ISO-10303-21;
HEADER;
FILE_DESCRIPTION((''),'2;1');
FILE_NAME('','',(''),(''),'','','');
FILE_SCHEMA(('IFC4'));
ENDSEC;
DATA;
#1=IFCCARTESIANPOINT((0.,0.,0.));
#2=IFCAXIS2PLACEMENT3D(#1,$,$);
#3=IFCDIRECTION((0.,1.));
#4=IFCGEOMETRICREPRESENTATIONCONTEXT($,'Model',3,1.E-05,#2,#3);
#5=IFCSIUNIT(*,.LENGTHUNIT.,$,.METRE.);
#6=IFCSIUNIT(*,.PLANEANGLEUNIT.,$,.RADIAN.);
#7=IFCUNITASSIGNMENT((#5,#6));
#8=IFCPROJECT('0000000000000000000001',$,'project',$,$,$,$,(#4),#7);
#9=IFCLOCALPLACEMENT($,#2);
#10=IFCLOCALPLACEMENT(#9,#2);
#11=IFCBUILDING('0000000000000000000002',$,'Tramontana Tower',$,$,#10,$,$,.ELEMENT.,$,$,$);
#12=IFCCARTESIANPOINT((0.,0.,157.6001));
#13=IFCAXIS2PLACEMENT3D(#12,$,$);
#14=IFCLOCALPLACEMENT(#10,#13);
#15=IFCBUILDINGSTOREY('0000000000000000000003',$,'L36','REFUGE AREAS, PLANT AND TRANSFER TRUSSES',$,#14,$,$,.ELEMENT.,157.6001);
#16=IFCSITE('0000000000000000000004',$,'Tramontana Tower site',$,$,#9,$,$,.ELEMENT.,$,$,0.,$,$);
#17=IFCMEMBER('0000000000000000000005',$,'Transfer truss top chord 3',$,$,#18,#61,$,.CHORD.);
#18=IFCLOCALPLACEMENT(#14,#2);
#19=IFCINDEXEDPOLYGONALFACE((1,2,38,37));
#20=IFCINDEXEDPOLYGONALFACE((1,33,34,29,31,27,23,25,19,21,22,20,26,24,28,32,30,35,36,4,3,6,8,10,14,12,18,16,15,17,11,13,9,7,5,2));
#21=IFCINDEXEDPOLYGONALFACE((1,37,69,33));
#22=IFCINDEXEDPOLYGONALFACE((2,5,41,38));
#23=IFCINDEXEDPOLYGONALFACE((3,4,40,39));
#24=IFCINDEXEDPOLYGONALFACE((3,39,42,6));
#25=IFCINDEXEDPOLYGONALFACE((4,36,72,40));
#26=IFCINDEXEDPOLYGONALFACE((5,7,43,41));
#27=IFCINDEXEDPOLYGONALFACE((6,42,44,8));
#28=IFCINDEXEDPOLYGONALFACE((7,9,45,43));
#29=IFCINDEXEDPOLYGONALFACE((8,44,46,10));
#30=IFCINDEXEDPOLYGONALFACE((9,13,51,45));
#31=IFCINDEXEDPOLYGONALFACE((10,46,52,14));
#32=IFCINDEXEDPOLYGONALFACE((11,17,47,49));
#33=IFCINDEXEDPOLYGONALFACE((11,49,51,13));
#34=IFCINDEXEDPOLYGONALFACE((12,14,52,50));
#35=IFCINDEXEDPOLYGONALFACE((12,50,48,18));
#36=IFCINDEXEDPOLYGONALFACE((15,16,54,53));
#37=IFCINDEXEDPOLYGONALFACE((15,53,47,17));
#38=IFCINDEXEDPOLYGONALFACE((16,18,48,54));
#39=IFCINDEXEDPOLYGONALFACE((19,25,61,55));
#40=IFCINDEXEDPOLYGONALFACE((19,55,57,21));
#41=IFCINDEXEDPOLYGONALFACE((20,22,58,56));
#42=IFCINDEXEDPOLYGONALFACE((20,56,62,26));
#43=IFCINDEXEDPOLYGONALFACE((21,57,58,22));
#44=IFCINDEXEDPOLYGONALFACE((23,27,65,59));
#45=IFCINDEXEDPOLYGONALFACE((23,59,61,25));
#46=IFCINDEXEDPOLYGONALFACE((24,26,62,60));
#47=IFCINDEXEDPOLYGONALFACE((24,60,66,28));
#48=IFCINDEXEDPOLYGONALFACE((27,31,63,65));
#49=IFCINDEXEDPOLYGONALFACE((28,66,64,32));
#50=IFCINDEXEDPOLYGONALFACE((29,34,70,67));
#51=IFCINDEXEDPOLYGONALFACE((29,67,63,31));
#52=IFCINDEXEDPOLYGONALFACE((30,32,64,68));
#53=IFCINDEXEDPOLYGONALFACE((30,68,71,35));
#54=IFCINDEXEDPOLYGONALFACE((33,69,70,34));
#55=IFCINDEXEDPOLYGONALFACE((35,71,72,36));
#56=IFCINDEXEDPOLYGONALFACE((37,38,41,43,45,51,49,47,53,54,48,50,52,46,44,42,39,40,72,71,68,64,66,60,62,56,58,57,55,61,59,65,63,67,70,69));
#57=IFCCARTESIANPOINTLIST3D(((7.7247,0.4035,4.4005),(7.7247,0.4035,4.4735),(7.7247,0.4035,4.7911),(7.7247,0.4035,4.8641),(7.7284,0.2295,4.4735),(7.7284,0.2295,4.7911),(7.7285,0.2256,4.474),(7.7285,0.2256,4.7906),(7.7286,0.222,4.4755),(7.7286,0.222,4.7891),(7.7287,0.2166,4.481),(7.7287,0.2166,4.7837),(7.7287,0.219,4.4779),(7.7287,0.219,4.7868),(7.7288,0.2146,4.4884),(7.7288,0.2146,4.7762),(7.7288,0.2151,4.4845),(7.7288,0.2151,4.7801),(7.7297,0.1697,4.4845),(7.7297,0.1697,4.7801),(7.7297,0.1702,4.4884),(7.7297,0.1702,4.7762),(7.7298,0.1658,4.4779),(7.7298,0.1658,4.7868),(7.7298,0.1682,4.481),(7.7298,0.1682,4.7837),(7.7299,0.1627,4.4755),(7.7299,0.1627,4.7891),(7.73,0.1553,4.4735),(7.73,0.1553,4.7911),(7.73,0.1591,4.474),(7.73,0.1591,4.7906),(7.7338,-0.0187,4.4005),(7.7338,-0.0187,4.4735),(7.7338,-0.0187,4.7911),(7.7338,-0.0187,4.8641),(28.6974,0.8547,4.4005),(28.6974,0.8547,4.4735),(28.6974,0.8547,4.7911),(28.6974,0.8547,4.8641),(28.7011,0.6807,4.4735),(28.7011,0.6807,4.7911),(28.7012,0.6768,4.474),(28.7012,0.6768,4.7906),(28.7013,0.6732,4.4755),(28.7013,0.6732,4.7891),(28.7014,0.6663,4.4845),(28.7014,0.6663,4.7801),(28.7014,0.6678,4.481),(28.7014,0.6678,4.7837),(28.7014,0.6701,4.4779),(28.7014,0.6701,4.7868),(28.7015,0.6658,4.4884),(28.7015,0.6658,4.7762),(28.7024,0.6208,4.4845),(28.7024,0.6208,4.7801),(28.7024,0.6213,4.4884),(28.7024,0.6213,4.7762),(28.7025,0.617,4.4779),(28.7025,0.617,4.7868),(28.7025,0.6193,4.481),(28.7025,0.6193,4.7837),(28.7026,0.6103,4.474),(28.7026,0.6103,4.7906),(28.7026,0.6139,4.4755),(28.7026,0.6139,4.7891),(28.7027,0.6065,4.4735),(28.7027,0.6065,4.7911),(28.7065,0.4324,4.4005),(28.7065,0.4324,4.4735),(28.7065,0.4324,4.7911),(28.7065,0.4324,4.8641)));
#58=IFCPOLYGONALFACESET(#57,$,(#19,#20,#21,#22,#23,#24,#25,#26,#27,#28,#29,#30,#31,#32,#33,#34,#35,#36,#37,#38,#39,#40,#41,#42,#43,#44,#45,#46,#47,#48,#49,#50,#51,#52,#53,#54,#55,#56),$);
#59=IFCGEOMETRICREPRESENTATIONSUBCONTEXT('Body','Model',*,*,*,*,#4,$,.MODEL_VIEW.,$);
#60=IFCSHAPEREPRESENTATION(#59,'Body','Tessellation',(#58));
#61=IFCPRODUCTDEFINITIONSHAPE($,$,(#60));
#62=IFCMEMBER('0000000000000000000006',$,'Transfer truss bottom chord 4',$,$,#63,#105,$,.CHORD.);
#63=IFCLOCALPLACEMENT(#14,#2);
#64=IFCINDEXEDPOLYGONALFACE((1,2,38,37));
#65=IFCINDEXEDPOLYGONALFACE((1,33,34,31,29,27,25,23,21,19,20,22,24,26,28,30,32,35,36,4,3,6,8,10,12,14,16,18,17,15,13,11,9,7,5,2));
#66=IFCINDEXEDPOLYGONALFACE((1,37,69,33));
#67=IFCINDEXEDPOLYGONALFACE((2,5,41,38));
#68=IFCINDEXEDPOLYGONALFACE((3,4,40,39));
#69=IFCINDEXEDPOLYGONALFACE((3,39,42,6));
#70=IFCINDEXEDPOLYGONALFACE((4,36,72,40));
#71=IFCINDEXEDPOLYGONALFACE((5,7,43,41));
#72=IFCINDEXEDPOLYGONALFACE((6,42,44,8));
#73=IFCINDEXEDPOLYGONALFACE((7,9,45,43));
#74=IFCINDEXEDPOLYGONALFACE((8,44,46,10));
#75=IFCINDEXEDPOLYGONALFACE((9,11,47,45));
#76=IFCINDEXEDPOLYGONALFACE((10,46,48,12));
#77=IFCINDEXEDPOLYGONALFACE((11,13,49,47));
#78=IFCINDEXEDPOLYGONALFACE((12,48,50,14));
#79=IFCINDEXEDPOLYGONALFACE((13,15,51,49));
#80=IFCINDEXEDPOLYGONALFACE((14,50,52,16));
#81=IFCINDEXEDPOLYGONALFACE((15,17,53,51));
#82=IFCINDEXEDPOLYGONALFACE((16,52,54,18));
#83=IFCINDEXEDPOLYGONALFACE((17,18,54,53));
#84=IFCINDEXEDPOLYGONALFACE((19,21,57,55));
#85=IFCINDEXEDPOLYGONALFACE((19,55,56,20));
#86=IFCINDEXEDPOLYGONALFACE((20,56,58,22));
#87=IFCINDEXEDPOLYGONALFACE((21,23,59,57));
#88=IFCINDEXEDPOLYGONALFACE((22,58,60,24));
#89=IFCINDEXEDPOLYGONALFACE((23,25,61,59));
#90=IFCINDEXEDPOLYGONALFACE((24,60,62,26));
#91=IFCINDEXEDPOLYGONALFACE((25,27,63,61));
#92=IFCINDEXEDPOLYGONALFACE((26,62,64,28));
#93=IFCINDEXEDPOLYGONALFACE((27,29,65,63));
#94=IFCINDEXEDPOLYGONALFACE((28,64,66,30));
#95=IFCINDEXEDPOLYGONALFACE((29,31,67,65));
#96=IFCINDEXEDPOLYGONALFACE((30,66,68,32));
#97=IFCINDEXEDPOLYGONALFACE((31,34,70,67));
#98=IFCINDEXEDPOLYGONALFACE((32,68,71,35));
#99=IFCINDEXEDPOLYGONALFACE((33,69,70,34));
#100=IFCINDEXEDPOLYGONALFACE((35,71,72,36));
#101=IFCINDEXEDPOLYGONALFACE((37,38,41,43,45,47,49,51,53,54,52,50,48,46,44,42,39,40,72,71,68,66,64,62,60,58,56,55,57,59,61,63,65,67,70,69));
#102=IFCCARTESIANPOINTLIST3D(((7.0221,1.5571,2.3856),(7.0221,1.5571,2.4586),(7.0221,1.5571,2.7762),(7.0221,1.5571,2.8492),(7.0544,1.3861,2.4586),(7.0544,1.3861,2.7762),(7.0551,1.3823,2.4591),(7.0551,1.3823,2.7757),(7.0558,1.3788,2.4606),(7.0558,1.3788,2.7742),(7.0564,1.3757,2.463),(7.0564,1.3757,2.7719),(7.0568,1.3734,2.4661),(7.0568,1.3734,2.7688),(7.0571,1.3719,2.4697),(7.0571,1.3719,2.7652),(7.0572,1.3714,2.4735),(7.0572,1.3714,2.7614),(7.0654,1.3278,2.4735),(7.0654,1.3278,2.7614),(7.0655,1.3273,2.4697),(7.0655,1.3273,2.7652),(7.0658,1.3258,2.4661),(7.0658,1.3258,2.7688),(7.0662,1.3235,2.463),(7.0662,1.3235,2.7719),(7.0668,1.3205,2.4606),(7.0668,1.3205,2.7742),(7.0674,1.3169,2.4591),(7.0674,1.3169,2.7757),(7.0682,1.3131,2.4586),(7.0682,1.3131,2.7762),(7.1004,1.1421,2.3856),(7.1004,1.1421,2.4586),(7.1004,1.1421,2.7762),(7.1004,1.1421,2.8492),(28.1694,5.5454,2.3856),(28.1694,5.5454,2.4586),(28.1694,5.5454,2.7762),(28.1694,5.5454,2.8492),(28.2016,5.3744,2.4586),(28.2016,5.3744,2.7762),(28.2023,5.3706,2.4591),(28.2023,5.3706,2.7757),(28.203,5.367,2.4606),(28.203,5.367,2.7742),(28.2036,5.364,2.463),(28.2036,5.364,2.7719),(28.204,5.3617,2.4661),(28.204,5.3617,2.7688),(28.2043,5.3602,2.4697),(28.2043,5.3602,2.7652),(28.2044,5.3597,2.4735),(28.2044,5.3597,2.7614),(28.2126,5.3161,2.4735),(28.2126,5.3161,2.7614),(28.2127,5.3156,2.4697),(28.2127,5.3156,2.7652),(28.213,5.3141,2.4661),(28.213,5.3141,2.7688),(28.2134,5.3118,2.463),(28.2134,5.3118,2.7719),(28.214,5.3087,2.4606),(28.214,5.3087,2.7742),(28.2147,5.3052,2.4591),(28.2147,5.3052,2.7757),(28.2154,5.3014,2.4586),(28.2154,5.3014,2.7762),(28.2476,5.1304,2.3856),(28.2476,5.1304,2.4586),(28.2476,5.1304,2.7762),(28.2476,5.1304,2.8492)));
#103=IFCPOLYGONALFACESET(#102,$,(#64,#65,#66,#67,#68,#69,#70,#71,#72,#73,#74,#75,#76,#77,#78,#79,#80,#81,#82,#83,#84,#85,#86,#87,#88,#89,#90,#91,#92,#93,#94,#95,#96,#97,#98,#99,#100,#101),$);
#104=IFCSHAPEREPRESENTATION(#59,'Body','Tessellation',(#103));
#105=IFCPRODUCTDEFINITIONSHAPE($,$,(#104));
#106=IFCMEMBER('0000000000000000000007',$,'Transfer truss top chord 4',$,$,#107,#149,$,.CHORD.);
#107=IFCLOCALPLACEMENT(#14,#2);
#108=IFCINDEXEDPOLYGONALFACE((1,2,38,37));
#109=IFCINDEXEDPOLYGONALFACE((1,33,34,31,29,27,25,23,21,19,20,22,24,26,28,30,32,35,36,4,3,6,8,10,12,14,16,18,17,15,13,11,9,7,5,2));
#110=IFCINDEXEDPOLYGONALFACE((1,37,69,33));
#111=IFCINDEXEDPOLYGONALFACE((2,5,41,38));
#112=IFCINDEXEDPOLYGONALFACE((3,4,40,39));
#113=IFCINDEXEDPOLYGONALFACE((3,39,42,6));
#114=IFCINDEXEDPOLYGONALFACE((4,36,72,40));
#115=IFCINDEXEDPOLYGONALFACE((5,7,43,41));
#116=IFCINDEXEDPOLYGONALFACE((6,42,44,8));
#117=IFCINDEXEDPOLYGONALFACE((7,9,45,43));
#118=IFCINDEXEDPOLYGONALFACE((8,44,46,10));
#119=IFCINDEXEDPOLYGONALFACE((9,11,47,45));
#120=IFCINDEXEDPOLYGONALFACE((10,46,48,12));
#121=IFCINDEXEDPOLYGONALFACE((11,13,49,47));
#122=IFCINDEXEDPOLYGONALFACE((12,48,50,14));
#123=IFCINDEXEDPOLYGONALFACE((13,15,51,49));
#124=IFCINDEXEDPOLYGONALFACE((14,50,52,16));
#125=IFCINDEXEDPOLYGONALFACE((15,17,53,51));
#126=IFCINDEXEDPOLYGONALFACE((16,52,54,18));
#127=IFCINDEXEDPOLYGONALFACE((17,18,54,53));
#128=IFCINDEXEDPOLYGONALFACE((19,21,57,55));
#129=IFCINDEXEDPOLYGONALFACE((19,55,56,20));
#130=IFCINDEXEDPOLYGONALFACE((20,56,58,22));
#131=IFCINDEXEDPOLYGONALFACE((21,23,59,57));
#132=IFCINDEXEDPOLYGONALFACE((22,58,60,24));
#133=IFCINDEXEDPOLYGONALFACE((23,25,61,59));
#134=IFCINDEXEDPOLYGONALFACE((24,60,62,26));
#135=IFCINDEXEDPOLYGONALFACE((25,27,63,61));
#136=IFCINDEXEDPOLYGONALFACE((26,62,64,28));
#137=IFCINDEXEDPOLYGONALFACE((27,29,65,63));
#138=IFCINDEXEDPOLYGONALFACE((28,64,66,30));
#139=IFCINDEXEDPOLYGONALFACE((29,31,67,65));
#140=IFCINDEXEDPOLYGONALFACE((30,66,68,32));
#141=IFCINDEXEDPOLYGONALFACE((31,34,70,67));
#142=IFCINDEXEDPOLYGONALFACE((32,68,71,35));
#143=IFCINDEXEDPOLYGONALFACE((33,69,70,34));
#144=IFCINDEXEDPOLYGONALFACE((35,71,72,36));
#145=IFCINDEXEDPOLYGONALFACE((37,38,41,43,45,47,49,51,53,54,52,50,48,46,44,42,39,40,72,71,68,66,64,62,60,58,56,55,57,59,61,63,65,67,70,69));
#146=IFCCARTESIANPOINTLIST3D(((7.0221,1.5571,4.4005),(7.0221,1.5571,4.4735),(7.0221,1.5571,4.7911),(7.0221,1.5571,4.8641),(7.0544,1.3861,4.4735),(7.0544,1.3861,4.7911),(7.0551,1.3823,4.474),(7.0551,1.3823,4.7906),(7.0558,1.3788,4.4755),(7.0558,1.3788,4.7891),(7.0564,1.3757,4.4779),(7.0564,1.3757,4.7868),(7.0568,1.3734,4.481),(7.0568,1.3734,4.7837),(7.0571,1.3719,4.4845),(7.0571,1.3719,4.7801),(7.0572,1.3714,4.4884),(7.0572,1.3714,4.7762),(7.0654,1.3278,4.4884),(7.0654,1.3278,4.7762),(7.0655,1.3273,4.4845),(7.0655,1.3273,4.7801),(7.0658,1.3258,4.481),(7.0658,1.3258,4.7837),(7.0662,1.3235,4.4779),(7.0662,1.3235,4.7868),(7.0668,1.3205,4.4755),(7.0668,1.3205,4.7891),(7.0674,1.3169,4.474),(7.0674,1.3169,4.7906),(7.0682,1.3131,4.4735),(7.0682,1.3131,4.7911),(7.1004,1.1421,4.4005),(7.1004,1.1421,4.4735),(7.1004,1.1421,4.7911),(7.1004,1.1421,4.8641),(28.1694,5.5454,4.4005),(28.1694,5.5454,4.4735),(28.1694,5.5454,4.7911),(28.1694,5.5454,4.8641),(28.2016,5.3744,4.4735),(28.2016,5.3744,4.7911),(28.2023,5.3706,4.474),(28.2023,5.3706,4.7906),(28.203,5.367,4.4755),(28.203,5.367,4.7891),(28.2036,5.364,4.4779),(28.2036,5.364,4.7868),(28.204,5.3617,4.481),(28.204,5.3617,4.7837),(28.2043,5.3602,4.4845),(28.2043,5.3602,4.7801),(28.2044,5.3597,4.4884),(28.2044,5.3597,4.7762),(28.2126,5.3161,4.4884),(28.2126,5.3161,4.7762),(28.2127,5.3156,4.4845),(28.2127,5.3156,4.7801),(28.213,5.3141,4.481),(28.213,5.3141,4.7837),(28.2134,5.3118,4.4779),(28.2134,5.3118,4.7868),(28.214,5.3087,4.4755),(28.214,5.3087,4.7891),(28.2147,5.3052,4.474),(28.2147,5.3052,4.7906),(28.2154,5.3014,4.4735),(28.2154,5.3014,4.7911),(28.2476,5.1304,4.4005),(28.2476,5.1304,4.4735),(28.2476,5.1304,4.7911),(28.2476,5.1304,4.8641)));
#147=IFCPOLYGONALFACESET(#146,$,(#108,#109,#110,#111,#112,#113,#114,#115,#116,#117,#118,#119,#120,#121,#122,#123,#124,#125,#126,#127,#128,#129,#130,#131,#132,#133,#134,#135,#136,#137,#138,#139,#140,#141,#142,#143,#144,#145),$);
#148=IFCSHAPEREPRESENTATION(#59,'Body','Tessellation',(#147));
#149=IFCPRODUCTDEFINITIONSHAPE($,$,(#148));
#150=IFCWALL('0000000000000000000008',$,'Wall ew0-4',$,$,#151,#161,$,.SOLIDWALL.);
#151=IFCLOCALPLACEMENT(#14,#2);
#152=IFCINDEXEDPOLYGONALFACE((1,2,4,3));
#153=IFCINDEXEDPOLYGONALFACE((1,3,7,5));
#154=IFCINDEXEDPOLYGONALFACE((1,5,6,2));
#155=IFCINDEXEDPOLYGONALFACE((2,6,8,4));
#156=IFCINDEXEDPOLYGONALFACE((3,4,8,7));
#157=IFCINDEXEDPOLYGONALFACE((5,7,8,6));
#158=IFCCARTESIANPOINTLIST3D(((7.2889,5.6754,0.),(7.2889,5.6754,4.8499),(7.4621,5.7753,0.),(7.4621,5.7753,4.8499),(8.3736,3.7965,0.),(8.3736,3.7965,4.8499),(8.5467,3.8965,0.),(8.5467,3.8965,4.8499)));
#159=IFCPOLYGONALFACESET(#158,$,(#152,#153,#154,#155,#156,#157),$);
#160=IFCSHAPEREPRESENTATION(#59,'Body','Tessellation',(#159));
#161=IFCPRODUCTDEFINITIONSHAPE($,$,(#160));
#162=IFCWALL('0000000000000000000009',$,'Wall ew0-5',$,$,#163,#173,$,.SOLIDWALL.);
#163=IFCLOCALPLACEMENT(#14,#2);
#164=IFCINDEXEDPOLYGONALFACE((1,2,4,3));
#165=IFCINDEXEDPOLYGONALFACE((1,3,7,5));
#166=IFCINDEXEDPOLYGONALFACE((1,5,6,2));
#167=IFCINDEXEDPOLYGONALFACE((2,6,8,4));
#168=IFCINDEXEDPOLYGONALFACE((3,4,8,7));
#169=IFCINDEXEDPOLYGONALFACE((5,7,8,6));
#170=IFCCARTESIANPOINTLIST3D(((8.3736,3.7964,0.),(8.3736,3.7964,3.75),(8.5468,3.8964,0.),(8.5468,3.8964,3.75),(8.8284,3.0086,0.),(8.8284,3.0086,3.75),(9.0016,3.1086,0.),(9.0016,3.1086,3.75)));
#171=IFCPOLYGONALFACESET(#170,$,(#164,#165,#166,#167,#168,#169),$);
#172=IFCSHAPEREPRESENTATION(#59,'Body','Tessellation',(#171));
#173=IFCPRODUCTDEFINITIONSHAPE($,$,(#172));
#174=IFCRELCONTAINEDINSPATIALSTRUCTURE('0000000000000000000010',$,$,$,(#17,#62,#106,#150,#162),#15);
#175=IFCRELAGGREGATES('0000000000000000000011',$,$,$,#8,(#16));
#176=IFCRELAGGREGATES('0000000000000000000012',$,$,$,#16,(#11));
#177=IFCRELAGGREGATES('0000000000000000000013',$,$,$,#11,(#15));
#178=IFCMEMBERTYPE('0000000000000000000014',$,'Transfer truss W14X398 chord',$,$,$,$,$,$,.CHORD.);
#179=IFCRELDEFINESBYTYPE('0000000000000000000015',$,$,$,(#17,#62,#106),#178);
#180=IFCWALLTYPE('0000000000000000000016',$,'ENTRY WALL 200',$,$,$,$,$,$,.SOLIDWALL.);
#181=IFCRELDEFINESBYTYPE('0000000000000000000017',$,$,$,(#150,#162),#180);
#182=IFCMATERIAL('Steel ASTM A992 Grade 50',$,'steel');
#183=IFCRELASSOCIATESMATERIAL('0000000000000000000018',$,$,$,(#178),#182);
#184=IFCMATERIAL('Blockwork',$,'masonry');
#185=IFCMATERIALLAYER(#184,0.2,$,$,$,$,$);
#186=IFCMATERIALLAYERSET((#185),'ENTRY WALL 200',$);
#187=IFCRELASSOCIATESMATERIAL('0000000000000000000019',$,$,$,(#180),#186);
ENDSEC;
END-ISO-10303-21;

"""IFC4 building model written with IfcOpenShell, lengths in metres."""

from ifc_helpers import new_model, si_unit, direction, frame, frame_2d, origin, origin_2d, place, context, subcontext, project, spatial, rectangle, i_section, extrude, material, layer, layer_set, material_profile, profile_set, type_object, element, save


model = new_model("IFC4")

# Units and contexts
model_context = context("Model", 3, precision=1e-05, world=origin(), true_north=direction((0.0, 1.0)))
body_context = subcontext(model_context, "Body", "Model", "MODEL_VIEW")
ifc_project = project(units=[si_unit("LENGTHUNIT", "METRE"), si_unit("PLANEANGLEUNIT", "RADIAN")], contexts=[model_context])

# Site, building, storey
site_placement = place(None, origin())
site = spatial("IfcSite", under=ifc_project, at=site_placement, Name="Tramontana Tower site", CompositionType="ELEMENT", RefElevation=0.0)
building_placement = place(site_placement, origin())
building = spatial("IfcBuilding", under=site, at=building_placement, Name="Tramontana Tower", CompositionType="ELEMENT")
storey_placement = place(building_placement, frame((0.0, 0.0, 157.6001)))
storey = spatial("IfcBuildingStorey", under=building, at=storey_placement, Name="L36", Description="REFUGE AREAS, PLANT AND TRANSFER TRUSSES", CompositionType="ELEMENT", Elevation=157.6001)

# Members
ifc_material_1 = material(Name="Steel ASTM A992 Grade 50", Category="steel")
ifc_material_profile_1 = material_profile(ifc_material_1, i_section(OverallWidth=0.4224, OverallDepth=0.4636, WebThickness=0.0444, FlangeThickness=0.073, FilletRadius=0.0149, at=origin_2d()), Name="W14X398")
ifc_profile_set_1 = profile_set([ifc_material_profile_1], Name="Steel ASTM A992 Grade 50")
member_type_1 = type_object("IfcMemberType", Name="Transfer truss W14X398 chord", PredefinedType="CHORD", material=ifc_profile_set_1)
for number, where, z_axis, x_axis, name in (
    (1, (7.7292, 0.1924, 4.6323), (0.999769, 0.021507, 0.0), (-0.021507, 0.999769, 0.0), "Transfer truss top chord 3"),
):
    element("IfcMember", number, at=place(storey_placement, frame(where, z_axis=z_axis, x_axis=x_axis)), inside=storey, type_object=member_type_1, Name=name, PredefinedType="CHORD", context=body_context, shape_type="SweptSolid", body=[
        extrude(i_section(OverallWidth=0.4224, OverallDepth=0.4636, WebThickness=0.0444, FlangeThickness=0.073, FilletRadius=0.0149, at=origin_2d()), origin(), (0.0, 0.0, 1.0), 20.9775),
    ])
for number, where, z_axis, x_axis, name in (
    (2, (7.0613, 1.3496, 2.6174), (0.982677, 0.185329, 0.0), (-0.185329, 0.982677, 0.0), "Transfer truss bottom chord 4"),
    (3, (7.0613, 1.3496, 4.6323), (0.982677, 0.185329, 0.0), (-0.185329, 0.982677, 0.0), "Transfer truss top chord 4"),
):
    element("IfcMember", number, at=place(storey_placement, frame(where, z_axis=z_axis, x_axis=x_axis)), inside=storey, type_object=member_type_1, Name=name, PredefinedType="CHORD", context=body_context, shape_type="SweptSolid", body=[
        extrude(i_section(OverallWidth=0.4224, OverallDepth=0.4636, WebThickness=0.0444, FlangeThickness=0.073, FilletRadius=0.0149, at=origin_2d()), origin(), (0.0, 0.0, 1.0), 21.52),
    ])

# Walls
ifc_material_2 = material(Name="Blockwork", Category="masonry")
ifc_layer_1 = layer(ifc_material_2, 0.2)
ifc_layer_set_1 = layer_set([ifc_layer_1], Name="ENTRY WALL 200")
wall_type_1 = type_object("IfcWallType", Name="ENTRY WALL 200", PredefinedType="SOLIDWALL", material=ifc_layer_set_1)
wall_1_placement = place(storey_placement, frame((7.3755, 5.7253, 0.0), z_axis=(0.0, 0.0, 1.0), x_axis=(0.499976, -0.866039, 0.0)))
element("IfcWall", 4, at=wall_1_placement, inside=storey, type_object=wall_type_1, Name="Wall ew0-4", PredefinedType="SOLIDWALL", context=body_context, shape_type="SweptSolid", body=[
    extrude(rectangle(XDim=2.1694, YDim=0.2, at=frame_2d((1.0847, 0.0))), origin(), (0.0, 0.0, 1.0), 4.8499),
])
wall_2_placement = place(storey_placement, frame((8.4602, 3.8464, 0.0), z_axis=(0.0, 0.0, 1.0), x_axis=(0.499978, -0.866038, 0.0)))
element("IfcWall", 5, at=wall_2_placement, inside=storey, type_object=wall_type_1, Name="Wall ew0-5", PredefinedType="SOLIDWALL", context=body_context, shape_type="SweptSolid", body=[
    extrude(rectangle(XDim=0.9097, YDim=0.2, at=frame_2d((0.4548, 0.0))), origin(), (0.0, 0.0, 1.0), 3.75),
])

save(model, "model.ifc")
